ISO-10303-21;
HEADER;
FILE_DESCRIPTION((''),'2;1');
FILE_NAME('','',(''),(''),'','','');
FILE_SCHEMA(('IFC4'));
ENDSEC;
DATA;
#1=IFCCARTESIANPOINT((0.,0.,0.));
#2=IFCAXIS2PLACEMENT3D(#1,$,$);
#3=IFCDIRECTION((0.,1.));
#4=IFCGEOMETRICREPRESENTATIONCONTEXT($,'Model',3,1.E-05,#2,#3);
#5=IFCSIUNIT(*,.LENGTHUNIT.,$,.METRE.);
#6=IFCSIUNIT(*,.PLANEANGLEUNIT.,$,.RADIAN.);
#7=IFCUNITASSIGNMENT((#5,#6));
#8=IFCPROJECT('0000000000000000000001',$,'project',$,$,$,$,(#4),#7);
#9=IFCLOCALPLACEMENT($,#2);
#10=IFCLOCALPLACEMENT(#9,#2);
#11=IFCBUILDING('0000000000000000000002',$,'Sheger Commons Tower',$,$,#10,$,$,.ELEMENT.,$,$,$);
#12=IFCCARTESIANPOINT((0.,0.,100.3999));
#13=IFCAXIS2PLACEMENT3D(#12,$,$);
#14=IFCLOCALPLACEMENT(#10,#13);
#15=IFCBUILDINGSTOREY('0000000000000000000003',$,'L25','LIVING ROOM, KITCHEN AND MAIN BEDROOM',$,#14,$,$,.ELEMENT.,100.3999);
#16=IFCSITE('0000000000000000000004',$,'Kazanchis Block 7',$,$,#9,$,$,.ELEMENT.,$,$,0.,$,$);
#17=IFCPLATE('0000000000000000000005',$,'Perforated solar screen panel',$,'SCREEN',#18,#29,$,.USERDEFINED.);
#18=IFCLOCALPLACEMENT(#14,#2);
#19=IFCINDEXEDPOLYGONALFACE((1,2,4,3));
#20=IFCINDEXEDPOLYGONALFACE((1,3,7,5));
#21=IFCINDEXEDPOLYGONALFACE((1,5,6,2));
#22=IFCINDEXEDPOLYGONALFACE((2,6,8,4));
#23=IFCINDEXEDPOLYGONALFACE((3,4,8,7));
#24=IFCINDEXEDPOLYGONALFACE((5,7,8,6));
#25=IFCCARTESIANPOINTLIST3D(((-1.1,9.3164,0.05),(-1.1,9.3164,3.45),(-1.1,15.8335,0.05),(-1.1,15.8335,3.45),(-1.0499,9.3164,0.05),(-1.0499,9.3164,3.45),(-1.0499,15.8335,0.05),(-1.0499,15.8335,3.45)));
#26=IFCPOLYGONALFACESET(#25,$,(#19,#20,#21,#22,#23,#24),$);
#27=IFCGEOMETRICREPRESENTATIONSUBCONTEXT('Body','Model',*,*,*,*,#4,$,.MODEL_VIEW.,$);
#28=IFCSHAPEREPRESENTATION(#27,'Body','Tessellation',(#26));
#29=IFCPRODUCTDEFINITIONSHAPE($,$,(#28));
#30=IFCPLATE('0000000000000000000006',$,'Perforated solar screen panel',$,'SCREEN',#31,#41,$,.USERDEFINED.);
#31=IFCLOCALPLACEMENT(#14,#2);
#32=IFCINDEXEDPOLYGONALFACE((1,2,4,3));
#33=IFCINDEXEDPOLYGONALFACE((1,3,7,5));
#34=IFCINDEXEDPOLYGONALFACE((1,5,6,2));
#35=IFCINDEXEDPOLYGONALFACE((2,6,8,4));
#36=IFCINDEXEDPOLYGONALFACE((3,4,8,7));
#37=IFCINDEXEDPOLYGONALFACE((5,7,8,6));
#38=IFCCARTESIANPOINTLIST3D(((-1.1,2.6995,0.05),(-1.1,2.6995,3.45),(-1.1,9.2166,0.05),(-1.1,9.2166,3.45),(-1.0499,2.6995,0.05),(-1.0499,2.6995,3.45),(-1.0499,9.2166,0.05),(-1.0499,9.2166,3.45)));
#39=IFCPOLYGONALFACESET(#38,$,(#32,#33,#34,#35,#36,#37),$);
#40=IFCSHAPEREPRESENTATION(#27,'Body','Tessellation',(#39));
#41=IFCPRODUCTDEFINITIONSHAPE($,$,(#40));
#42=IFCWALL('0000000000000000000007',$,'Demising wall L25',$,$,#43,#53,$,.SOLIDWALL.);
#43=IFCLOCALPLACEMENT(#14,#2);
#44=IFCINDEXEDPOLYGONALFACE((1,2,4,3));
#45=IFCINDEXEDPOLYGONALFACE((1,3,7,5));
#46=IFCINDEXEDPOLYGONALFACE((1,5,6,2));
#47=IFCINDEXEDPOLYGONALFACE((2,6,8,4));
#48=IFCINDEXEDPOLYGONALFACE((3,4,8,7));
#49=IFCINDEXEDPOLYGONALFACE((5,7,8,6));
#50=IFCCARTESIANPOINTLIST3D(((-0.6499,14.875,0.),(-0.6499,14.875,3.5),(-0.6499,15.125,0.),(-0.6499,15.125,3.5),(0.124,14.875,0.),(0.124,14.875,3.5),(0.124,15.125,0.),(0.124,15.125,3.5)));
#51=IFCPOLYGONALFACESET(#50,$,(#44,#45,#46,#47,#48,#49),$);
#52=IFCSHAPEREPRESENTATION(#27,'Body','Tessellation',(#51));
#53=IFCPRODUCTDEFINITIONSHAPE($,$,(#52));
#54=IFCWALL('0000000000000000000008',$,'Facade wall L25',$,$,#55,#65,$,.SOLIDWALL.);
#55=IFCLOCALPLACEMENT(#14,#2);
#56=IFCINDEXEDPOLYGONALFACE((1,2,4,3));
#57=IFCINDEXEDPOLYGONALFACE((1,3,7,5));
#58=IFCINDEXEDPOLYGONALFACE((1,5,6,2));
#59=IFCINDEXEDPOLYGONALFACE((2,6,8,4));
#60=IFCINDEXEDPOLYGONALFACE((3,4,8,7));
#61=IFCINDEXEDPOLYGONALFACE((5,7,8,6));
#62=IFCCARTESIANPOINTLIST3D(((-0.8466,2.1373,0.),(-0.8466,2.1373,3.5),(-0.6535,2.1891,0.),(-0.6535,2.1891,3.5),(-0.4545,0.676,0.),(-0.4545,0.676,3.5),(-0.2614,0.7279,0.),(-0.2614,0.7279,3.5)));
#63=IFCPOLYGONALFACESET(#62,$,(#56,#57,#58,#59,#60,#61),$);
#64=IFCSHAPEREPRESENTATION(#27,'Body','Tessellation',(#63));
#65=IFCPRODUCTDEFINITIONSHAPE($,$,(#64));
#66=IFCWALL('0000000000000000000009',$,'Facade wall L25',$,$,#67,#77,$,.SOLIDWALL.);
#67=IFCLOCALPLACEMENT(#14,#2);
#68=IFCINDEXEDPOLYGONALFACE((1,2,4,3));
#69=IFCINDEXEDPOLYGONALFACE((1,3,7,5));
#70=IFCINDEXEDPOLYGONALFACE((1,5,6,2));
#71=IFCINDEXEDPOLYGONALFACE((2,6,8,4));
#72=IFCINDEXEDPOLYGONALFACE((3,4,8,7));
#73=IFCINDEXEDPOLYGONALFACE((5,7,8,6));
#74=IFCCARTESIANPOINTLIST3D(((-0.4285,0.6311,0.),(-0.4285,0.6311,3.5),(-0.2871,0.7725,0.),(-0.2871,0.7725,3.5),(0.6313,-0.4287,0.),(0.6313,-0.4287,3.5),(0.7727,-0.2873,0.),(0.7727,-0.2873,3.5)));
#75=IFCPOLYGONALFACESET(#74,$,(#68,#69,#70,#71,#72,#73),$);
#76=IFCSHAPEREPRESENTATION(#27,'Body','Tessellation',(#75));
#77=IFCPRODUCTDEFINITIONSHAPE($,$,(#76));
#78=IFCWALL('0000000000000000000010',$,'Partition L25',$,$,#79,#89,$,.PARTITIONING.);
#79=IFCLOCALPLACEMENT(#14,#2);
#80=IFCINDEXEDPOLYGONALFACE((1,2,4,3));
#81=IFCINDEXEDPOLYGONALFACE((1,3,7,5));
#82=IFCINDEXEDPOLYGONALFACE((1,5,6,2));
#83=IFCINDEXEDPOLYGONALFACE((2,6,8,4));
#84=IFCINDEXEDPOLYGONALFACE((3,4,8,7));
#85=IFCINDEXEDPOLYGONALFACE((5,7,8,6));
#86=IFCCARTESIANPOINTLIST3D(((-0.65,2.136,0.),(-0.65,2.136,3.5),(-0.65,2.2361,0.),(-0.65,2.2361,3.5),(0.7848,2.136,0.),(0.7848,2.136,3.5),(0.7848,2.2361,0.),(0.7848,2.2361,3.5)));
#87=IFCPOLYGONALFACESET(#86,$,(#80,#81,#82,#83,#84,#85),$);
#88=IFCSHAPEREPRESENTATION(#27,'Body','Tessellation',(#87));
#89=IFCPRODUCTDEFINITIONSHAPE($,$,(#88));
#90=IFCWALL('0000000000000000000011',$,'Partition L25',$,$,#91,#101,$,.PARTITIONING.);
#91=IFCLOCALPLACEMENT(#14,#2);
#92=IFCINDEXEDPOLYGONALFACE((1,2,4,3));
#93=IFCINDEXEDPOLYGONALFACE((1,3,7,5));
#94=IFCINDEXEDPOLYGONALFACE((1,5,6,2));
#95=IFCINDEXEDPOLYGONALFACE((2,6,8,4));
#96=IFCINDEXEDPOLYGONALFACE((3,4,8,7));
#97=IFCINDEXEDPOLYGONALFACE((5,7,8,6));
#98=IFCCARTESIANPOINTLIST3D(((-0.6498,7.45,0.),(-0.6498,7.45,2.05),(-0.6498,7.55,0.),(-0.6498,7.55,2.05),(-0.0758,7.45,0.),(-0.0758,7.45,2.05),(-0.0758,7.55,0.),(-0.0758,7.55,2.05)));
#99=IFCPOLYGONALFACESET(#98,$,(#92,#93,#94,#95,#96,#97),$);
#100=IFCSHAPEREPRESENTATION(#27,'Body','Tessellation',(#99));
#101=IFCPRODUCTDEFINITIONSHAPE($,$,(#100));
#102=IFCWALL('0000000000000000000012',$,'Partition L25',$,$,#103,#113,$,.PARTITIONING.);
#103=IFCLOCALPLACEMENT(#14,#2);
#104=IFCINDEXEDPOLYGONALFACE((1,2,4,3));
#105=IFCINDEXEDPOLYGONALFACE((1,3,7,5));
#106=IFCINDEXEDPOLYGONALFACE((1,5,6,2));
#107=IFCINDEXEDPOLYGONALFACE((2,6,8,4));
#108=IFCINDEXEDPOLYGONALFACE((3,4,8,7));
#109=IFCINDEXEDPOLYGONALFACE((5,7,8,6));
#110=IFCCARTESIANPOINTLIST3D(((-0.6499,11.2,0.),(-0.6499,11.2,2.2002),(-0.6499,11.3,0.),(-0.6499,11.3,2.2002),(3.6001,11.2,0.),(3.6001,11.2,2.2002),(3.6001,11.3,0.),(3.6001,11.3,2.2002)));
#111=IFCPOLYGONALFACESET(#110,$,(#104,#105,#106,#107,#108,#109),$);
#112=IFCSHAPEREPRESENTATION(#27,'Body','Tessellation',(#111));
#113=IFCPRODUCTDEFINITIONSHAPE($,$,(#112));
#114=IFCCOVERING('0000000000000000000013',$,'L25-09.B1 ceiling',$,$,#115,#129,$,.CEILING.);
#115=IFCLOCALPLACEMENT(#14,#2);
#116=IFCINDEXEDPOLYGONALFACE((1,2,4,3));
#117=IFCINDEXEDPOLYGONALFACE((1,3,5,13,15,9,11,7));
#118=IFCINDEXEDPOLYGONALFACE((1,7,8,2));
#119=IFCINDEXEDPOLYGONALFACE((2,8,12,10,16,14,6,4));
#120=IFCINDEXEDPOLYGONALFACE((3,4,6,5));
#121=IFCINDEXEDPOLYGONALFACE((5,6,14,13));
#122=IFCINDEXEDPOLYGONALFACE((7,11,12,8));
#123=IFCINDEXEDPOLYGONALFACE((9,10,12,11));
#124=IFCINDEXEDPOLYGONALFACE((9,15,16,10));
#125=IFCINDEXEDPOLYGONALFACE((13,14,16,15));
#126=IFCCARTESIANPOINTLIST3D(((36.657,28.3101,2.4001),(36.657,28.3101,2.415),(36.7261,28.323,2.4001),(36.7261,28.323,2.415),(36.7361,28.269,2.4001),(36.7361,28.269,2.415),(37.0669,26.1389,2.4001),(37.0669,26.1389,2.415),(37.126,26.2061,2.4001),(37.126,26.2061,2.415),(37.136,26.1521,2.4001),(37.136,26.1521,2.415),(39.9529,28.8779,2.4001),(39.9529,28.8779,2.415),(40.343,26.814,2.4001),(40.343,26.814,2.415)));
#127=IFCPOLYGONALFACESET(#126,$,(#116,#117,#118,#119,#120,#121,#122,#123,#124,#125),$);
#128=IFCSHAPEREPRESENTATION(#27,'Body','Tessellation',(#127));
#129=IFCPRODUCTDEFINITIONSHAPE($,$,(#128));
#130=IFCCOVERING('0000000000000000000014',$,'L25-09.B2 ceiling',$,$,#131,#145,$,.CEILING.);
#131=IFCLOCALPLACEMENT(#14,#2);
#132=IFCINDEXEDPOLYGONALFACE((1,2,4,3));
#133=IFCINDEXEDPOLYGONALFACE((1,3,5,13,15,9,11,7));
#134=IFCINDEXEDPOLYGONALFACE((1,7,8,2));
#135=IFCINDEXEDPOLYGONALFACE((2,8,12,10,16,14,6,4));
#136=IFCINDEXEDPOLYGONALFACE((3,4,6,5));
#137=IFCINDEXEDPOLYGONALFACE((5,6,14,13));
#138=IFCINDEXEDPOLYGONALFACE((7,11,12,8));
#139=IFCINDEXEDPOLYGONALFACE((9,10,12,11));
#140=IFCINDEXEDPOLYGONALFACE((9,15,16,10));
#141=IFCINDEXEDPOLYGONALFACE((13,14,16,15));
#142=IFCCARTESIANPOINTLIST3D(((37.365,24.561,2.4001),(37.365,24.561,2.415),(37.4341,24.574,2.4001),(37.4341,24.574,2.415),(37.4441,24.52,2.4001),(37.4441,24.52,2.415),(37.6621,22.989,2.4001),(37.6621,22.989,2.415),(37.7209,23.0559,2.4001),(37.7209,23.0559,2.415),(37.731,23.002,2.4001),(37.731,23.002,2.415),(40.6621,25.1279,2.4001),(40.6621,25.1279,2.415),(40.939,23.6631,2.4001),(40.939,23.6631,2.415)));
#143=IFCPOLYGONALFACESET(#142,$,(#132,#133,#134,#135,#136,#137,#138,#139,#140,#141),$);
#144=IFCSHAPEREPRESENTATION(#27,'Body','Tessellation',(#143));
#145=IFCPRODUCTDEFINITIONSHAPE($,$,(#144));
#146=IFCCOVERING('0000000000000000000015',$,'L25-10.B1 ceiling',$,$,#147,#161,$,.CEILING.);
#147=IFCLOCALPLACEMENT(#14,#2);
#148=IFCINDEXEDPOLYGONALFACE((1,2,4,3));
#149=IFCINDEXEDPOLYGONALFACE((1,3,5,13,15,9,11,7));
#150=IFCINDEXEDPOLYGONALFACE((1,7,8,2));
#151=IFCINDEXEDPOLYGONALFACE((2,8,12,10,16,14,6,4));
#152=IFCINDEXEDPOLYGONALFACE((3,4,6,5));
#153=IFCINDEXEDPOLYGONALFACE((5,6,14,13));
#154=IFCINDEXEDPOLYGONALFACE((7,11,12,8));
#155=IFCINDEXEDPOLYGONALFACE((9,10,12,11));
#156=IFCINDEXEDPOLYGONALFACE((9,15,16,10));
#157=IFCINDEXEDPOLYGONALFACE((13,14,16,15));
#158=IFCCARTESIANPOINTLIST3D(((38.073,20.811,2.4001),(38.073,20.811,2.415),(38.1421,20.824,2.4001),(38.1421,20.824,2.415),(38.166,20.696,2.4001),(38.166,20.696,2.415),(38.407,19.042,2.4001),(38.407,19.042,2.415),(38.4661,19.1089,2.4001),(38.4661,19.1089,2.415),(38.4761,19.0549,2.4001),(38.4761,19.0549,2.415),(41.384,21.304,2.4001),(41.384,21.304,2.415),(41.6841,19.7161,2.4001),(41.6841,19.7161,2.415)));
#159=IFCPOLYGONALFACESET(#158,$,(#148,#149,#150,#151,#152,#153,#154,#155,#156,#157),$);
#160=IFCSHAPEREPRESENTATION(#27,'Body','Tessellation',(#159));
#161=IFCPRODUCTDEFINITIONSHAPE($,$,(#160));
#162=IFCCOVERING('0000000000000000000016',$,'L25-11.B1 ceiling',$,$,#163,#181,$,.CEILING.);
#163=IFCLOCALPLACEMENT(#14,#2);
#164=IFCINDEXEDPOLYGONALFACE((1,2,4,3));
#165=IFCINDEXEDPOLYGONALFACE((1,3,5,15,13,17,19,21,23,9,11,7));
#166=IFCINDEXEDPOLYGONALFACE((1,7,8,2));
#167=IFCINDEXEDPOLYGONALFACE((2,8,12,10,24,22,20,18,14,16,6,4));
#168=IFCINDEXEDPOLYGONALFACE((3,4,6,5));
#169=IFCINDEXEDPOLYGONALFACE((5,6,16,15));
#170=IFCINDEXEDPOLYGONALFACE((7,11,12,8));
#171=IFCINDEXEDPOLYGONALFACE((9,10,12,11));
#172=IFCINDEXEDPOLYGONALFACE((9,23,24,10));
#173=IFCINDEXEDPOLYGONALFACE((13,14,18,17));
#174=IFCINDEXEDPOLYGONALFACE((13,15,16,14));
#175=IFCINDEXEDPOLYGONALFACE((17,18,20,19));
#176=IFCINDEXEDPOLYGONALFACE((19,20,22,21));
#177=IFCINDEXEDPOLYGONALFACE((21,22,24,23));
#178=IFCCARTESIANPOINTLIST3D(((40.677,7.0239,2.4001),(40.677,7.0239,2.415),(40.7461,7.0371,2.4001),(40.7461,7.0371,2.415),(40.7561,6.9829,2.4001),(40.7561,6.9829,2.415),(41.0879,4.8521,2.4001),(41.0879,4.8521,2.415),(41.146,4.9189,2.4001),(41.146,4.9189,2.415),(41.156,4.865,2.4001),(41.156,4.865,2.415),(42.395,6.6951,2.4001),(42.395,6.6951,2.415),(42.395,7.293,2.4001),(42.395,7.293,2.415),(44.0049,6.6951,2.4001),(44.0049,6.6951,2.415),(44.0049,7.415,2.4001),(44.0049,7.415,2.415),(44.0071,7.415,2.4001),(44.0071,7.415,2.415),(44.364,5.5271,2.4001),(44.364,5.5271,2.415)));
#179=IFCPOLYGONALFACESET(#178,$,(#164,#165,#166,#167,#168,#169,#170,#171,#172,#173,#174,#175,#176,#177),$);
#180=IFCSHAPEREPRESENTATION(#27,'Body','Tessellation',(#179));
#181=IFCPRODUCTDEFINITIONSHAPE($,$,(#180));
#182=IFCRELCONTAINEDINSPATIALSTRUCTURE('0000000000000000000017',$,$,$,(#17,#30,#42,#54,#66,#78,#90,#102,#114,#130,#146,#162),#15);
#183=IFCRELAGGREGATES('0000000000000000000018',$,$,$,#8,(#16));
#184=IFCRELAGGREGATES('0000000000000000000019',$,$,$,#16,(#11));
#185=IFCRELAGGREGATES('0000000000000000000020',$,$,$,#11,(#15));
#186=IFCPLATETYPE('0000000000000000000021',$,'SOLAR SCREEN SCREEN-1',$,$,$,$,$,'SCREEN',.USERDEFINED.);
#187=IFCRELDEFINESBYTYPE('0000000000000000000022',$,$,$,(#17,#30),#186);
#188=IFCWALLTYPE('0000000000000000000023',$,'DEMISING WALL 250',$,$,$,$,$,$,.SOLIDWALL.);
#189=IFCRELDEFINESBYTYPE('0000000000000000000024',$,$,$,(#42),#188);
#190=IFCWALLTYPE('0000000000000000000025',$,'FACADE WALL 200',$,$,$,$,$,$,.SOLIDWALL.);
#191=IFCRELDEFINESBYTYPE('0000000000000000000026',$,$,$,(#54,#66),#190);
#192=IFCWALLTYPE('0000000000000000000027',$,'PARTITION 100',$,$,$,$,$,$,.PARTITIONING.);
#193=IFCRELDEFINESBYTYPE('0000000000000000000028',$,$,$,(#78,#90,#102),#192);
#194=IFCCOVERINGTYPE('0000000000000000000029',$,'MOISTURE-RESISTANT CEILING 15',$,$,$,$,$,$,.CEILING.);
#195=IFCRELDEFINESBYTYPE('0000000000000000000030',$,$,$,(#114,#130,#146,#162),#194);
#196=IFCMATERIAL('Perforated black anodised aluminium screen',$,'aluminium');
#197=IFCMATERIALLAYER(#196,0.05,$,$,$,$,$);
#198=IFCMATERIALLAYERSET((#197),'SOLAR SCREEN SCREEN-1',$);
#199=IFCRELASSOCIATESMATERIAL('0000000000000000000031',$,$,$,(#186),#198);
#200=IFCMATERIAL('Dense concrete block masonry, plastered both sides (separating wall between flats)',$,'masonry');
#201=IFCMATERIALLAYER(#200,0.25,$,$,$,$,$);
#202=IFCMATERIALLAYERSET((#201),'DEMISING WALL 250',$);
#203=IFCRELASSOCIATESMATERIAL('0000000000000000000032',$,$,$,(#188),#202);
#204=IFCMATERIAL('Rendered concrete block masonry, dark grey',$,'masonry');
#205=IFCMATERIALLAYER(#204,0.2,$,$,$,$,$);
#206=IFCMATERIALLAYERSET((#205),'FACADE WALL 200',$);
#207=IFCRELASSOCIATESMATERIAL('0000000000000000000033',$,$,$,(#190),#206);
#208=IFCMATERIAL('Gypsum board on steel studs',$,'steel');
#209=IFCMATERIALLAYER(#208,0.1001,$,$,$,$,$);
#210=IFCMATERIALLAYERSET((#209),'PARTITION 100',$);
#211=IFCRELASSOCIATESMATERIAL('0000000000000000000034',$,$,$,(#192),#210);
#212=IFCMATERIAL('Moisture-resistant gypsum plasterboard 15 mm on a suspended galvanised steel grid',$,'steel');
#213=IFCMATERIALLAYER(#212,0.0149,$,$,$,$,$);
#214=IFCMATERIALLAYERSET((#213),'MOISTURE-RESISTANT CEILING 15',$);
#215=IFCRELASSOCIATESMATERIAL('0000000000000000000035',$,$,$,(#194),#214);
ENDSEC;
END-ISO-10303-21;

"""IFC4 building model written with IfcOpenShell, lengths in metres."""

from ifc_helpers import new_model, si_unit, direction, frame, frame_2d, origin, origin_2d, place, context, subcontext, project, spatial, polyline, rectangle, outline, extrude, material, layer, layer_set, type_object, element, save


model = new_model("IFC4")

# Units and contexts
model_context = context("Model", 3, precision=1e-05, world=origin(), true_north=direction((0.0, 1.0)))
body_context = subcontext(model_context, "Body", "Model", "MODEL_VIEW")
ifc_project = project(units=[si_unit("LENGTHUNIT", "METRE"), si_unit("PLANEANGLEUNIT", "RADIAN")], contexts=[model_context])

# Site, building, storey
site_placement = place(None, origin())
site = spatial("IfcSite", under=ifc_project, at=site_placement, Name="Kazanchis Block 7", CompositionType="ELEMENT", RefElevation=0.0)
building_placement = place(site_placement, origin())
building = spatial("IfcBuilding", under=site, at=building_placement, Name="Sheger Commons Tower", CompositionType="ELEMENT")
storey_placement = place(building_placement, frame((0.0, 0.0, 100.3999)))
storey = spatial("IfcBuildingStorey", under=building, at=storey_placement, Name="L25", Description="LIVING ROOM, KITCHEN AND MAIN BEDROOM", CompositionType="ELEMENT", Elevation=100.3999)

# Plates
ifc_material_1 = material(Name="Perforated black anodised aluminium screen", Category="aluminium")
ifc_layer_1 = layer(ifc_material_1, 0.05)
ifc_layer_set_1 = layer_set([ifc_layer_1], Name="SOLAR SCREEN SCREEN-1")
plate_type = type_object("IfcPlateType", Name="SOLAR SCREEN SCREEN-1", ElementType="SCREEN", PredefinedType="USERDEFINED", material=ifc_layer_set_1)
for number, where, z_axis, x_axis, name in (
    (1, (-1.075, 12.575, 0.05), (0.0, 0.0, 1.0), (0.0, -1.0, 0.0), "Perforated solar screen panel"),
    (2, (-1.075, 5.958, 0.05), (0.0, 0.0, 1.0), (0.0, -1.0, 0.0), "Perforated solar screen panel"),
):
    element("IfcPlate", number, at=place(storey_placement, frame(where, z_axis=z_axis, x_axis=x_axis)), inside=storey, type_object=plate_type, Name=name, ObjectType="SCREEN", PredefinedType="USERDEFINED", context=body_context, shape_type="SweptSolid", body=[
        extrude(rectangle(XDim=6.5171, YDim=0.05, at=origin_2d()), origin(), (0.0, 0.0, 1.0), 3.3999),
    ])

# Walls
ifc_material_2 = material(Name="Dense concrete block masonry, plastered both sides (separating wall between flats)", Category="masonry")
ifc_layer_2 = layer(ifc_material_2, 0.25)
ifc_layer_set_2 = layer_set([ifc_layer_2], Name="DEMISING WALL 250")
wall_type_1 = type_object("IfcWallType", Name="DEMISING WALL 250", PredefinedType="SOLIDWALL", material=ifc_layer_set_2)
wall_1_placement = place(storey_placement, frame((-0.6499, 15.0, 0.0), z_axis=(0.0, 0.0, 1.0), x_axis=(1.0, 0.0, 0.0)))
element("IfcWall", 3, at=wall_1_placement, inside=storey, type_object=wall_type_1, Name="Demising wall L25", PredefinedType="SOLIDWALL", context=body_context, shape_type="SweptSolid", body=[
    extrude(rectangle(XDim=0.7739, YDim=0.25, at=frame_2d((0.387, 0.0))), origin(), (0.0, 0.0, 1.0), 3.5),
])
ifc_material_3 = material(Name="Rendered concrete block masonry, dark grey", Category="masonry")
ifc_layer_3 = layer(ifc_material_3, 0.2)
ifc_layer_set_3 = layer_set([ifc_layer_3], Name="FACADE WALL 200")
wall_type_2 = type_object("IfcWallType", Name="FACADE WALL 200", PredefinedType="SOLIDWALL", material=ifc_layer_set_3)
wall_2_placement = place(storey_placement, frame((-0.75, 2.1631, 0.0), z_axis=(0.0, 0.0, 1.0), x_axis=(0.259169, -0.965832, 0.0)))
element("IfcWall", 4, at=wall_2_placement, inside=storey, type_object=wall_type_2, Name="Facade wall L25", PredefinedType="SOLIDWALL", context=body_context, shape_type="SweptSolid", body=[
    extrude(rectangle(XDim=1.5129, YDim=0.2, at=frame_2d((0.7563, 0.0))), origin(), (0.0, 0.0, 1.0), 3.5),
])
wall_3_placement = place(storey_placement, frame((-0.3579, 0.7019, 0.0), z_axis=(0.0, 0.0, 1.0), x_axis=(0.707107, -0.707107, 0.0)))
element("IfcWall", 5, at=wall_3_placement, inside=storey, type_object=wall_type_2, Name="Facade wall L25", PredefinedType="SOLIDWALL", context=body_context, shape_type="SweptSolid", body=[
    extrude(rectangle(XDim=1.4988, YDim=0.2, at=frame_2d((0.7495, 0.0))), origin(), (0.0, 0.0, 1.0), 3.5),
])
ifc_material_4 = material(Name="Gypsum board on steel studs", Category="steel")
ifc_layer_4 = layer(ifc_material_4, 0.1001)
ifc_layer_set_4 = layer_set([ifc_layer_4], Name="PARTITION 100")
wall_type_3 = type_object("IfcWallType", Name="PARTITION 100", PredefinedType="PARTITIONING", material=ifc_layer_set_4)
wall_4_placement = place(storey_placement, frame((-0.6499, 2.186, 0.0), z_axis=(0.0, 0.0, 1.0), x_axis=(1.0, 0.0, 0.0)))
element("IfcWall", 6, at=wall_4_placement, inside=storey, type_object=wall_type_3, Name="Partition L25", PredefinedType="PARTITIONING", context=body_context, shape_type="SweptSolid", body=[
    extrude(rectangle(XDim=1.4348, YDim=0.1001, at=frame_2d((0.7173, 0.0))), origin(), (0.0, 0.0, 1.0), 3.5),
])
wall_5_placement = place(storey_placement, frame((-0.6499, 7.5, 0.0), z_axis=(0.0, 0.0, 1.0), x_axis=(1.0, 0.0, 0.0)))
element("IfcWall", 7, at=wall_5_placement, inside=storey, type_object=wall_type_3, Name="Partition L25", PredefinedType="PARTITIONING", context=body_context, shape_type="SweptSolid", body=[
    extrude(rectangle(XDim=0.574, YDim=0.1001, at=frame_2d((0.2871, 0.0))), origin(), (0.0, 0.0, 1.0), 2.05),
])
wall_6_placement = place(storey_placement, frame((-0.6499, 11.25, 0.0), z_axis=(0.0, 0.0, 1.0), x_axis=(1.0, 0.0, 0.0)))
element("IfcWall", 8, at=wall_6_placement, inside=storey, type_object=wall_type_3, Name="Partition L25", PredefinedType="PARTITIONING", context=body_context, shape_type="SweptSolid", body=[
    extrude(rectangle(XDim=4.25, YDim=0.1001, at=frame_2d((2.125, 0.0))), origin(), (0.0, 0.0, 1.0), 2.2002),
])

# Coverings
ifc_material_5 = material(Name="Moisture-resistant gypsum plasterboard 15 mm on a suspended galvanised steel grid", Category="steel")
ifc_layer_5 = layer(ifc_material_5, 0.0149)
ifc_layer_set_5 = layer_set([ifc_layer_5], Name="MOISTURE-RESISTANT CEILING 15")
covering_type_1 = type_object("IfcCoveringType", Name="MOISTURE-RESISTANT CEILING 15", PredefinedType="CEILING", material=ifc_layer_set_5)
covering_1_placement = place(storey_placement, frame((0.0, 0.0, 2.4001)))
element("IfcCovering", 9, at=covering_1_placement, inside=storey, type_object=covering_type_1, Name="L25-09.B1 ceiling", PredefinedType="CEILING", context=body_context, shape_type="SweptSolid", body=[
    extrude(outline(polyline([(37.0669, 26.1389), (37.136, 26.1521), (37.126, 26.2061), (40.343, 26.814), (39.9529, 28.8779), (36.7361, 28.269), (36.7261, 28.323), (36.657, 28.3101), (37.0669, 26.1389)])), origin(), (0.0, 0.0, 1.0), 0.0149),
])
covering_2_placement = place(storey_placement, frame((0.0, 0.0, 2.4001)))
element("IfcCovering", 10, at=covering_2_placement, inside=storey, type_object=covering_type_1, Name="L25-09.B2 ceiling", PredefinedType="CEILING", context=body_context, shape_type="SweptSolid", body=[
    extrude(outline(polyline([(37.6621, 22.989), (37.731, 23.002), (37.7209, 23.0559), (40.939, 23.6631), (40.6621, 25.1279), (37.4441, 24.52), (37.4341, 24.574), (37.365, 24.561), (37.6621, 22.989)])), origin(), (0.0, 0.0, 1.0), 0.0149),
])
covering_3_placement = place(storey_placement, frame((0.0, 0.0, 2.4001)))
element("IfcCovering", 11, at=covering_3_placement, inside=storey, type_object=covering_type_1, Name="L25-10.B1 ceiling", PredefinedType="CEILING", context=body_context, shape_type="SweptSolid", body=[
    extrude(outline(polyline([(38.407, 19.042), (38.4761, 19.0549), (38.4661, 19.1089), (41.6841, 19.7161), (41.384, 21.304), (38.166, 20.696), (38.1421, 20.824), (38.073, 20.811), (38.407, 19.042)])), origin(), (0.0, 0.0, 1.0), 0.0149),
])
covering_4_placement = place(storey_placement, frame((0.0, 0.0, 2.4001)))
element("IfcCovering", 12, at=covering_4_placement, inside=storey, type_object=covering_type_1, Name="L25-11.B1 ceiling", PredefinedType="CEILING", context=body_context, shape_type="SweptSolid", body=[
    extrude(outline(polyline([(41.0879, 4.8521), (41.156, 4.865), (41.146, 4.9189), (44.364, 5.5271), (44.0071, 7.415), (44.0049, 7.415), (44.0049, 6.6951), (42.395, 6.6951), (42.395, 7.293), (40.7561, 6.9829), (40.7461, 7.0371), (40.677, 7.0239), (41.0879, 4.8521)])), origin(), (0.0, 0.0, 1.0), 0.0149),
])

save(model, "model.ifc")
